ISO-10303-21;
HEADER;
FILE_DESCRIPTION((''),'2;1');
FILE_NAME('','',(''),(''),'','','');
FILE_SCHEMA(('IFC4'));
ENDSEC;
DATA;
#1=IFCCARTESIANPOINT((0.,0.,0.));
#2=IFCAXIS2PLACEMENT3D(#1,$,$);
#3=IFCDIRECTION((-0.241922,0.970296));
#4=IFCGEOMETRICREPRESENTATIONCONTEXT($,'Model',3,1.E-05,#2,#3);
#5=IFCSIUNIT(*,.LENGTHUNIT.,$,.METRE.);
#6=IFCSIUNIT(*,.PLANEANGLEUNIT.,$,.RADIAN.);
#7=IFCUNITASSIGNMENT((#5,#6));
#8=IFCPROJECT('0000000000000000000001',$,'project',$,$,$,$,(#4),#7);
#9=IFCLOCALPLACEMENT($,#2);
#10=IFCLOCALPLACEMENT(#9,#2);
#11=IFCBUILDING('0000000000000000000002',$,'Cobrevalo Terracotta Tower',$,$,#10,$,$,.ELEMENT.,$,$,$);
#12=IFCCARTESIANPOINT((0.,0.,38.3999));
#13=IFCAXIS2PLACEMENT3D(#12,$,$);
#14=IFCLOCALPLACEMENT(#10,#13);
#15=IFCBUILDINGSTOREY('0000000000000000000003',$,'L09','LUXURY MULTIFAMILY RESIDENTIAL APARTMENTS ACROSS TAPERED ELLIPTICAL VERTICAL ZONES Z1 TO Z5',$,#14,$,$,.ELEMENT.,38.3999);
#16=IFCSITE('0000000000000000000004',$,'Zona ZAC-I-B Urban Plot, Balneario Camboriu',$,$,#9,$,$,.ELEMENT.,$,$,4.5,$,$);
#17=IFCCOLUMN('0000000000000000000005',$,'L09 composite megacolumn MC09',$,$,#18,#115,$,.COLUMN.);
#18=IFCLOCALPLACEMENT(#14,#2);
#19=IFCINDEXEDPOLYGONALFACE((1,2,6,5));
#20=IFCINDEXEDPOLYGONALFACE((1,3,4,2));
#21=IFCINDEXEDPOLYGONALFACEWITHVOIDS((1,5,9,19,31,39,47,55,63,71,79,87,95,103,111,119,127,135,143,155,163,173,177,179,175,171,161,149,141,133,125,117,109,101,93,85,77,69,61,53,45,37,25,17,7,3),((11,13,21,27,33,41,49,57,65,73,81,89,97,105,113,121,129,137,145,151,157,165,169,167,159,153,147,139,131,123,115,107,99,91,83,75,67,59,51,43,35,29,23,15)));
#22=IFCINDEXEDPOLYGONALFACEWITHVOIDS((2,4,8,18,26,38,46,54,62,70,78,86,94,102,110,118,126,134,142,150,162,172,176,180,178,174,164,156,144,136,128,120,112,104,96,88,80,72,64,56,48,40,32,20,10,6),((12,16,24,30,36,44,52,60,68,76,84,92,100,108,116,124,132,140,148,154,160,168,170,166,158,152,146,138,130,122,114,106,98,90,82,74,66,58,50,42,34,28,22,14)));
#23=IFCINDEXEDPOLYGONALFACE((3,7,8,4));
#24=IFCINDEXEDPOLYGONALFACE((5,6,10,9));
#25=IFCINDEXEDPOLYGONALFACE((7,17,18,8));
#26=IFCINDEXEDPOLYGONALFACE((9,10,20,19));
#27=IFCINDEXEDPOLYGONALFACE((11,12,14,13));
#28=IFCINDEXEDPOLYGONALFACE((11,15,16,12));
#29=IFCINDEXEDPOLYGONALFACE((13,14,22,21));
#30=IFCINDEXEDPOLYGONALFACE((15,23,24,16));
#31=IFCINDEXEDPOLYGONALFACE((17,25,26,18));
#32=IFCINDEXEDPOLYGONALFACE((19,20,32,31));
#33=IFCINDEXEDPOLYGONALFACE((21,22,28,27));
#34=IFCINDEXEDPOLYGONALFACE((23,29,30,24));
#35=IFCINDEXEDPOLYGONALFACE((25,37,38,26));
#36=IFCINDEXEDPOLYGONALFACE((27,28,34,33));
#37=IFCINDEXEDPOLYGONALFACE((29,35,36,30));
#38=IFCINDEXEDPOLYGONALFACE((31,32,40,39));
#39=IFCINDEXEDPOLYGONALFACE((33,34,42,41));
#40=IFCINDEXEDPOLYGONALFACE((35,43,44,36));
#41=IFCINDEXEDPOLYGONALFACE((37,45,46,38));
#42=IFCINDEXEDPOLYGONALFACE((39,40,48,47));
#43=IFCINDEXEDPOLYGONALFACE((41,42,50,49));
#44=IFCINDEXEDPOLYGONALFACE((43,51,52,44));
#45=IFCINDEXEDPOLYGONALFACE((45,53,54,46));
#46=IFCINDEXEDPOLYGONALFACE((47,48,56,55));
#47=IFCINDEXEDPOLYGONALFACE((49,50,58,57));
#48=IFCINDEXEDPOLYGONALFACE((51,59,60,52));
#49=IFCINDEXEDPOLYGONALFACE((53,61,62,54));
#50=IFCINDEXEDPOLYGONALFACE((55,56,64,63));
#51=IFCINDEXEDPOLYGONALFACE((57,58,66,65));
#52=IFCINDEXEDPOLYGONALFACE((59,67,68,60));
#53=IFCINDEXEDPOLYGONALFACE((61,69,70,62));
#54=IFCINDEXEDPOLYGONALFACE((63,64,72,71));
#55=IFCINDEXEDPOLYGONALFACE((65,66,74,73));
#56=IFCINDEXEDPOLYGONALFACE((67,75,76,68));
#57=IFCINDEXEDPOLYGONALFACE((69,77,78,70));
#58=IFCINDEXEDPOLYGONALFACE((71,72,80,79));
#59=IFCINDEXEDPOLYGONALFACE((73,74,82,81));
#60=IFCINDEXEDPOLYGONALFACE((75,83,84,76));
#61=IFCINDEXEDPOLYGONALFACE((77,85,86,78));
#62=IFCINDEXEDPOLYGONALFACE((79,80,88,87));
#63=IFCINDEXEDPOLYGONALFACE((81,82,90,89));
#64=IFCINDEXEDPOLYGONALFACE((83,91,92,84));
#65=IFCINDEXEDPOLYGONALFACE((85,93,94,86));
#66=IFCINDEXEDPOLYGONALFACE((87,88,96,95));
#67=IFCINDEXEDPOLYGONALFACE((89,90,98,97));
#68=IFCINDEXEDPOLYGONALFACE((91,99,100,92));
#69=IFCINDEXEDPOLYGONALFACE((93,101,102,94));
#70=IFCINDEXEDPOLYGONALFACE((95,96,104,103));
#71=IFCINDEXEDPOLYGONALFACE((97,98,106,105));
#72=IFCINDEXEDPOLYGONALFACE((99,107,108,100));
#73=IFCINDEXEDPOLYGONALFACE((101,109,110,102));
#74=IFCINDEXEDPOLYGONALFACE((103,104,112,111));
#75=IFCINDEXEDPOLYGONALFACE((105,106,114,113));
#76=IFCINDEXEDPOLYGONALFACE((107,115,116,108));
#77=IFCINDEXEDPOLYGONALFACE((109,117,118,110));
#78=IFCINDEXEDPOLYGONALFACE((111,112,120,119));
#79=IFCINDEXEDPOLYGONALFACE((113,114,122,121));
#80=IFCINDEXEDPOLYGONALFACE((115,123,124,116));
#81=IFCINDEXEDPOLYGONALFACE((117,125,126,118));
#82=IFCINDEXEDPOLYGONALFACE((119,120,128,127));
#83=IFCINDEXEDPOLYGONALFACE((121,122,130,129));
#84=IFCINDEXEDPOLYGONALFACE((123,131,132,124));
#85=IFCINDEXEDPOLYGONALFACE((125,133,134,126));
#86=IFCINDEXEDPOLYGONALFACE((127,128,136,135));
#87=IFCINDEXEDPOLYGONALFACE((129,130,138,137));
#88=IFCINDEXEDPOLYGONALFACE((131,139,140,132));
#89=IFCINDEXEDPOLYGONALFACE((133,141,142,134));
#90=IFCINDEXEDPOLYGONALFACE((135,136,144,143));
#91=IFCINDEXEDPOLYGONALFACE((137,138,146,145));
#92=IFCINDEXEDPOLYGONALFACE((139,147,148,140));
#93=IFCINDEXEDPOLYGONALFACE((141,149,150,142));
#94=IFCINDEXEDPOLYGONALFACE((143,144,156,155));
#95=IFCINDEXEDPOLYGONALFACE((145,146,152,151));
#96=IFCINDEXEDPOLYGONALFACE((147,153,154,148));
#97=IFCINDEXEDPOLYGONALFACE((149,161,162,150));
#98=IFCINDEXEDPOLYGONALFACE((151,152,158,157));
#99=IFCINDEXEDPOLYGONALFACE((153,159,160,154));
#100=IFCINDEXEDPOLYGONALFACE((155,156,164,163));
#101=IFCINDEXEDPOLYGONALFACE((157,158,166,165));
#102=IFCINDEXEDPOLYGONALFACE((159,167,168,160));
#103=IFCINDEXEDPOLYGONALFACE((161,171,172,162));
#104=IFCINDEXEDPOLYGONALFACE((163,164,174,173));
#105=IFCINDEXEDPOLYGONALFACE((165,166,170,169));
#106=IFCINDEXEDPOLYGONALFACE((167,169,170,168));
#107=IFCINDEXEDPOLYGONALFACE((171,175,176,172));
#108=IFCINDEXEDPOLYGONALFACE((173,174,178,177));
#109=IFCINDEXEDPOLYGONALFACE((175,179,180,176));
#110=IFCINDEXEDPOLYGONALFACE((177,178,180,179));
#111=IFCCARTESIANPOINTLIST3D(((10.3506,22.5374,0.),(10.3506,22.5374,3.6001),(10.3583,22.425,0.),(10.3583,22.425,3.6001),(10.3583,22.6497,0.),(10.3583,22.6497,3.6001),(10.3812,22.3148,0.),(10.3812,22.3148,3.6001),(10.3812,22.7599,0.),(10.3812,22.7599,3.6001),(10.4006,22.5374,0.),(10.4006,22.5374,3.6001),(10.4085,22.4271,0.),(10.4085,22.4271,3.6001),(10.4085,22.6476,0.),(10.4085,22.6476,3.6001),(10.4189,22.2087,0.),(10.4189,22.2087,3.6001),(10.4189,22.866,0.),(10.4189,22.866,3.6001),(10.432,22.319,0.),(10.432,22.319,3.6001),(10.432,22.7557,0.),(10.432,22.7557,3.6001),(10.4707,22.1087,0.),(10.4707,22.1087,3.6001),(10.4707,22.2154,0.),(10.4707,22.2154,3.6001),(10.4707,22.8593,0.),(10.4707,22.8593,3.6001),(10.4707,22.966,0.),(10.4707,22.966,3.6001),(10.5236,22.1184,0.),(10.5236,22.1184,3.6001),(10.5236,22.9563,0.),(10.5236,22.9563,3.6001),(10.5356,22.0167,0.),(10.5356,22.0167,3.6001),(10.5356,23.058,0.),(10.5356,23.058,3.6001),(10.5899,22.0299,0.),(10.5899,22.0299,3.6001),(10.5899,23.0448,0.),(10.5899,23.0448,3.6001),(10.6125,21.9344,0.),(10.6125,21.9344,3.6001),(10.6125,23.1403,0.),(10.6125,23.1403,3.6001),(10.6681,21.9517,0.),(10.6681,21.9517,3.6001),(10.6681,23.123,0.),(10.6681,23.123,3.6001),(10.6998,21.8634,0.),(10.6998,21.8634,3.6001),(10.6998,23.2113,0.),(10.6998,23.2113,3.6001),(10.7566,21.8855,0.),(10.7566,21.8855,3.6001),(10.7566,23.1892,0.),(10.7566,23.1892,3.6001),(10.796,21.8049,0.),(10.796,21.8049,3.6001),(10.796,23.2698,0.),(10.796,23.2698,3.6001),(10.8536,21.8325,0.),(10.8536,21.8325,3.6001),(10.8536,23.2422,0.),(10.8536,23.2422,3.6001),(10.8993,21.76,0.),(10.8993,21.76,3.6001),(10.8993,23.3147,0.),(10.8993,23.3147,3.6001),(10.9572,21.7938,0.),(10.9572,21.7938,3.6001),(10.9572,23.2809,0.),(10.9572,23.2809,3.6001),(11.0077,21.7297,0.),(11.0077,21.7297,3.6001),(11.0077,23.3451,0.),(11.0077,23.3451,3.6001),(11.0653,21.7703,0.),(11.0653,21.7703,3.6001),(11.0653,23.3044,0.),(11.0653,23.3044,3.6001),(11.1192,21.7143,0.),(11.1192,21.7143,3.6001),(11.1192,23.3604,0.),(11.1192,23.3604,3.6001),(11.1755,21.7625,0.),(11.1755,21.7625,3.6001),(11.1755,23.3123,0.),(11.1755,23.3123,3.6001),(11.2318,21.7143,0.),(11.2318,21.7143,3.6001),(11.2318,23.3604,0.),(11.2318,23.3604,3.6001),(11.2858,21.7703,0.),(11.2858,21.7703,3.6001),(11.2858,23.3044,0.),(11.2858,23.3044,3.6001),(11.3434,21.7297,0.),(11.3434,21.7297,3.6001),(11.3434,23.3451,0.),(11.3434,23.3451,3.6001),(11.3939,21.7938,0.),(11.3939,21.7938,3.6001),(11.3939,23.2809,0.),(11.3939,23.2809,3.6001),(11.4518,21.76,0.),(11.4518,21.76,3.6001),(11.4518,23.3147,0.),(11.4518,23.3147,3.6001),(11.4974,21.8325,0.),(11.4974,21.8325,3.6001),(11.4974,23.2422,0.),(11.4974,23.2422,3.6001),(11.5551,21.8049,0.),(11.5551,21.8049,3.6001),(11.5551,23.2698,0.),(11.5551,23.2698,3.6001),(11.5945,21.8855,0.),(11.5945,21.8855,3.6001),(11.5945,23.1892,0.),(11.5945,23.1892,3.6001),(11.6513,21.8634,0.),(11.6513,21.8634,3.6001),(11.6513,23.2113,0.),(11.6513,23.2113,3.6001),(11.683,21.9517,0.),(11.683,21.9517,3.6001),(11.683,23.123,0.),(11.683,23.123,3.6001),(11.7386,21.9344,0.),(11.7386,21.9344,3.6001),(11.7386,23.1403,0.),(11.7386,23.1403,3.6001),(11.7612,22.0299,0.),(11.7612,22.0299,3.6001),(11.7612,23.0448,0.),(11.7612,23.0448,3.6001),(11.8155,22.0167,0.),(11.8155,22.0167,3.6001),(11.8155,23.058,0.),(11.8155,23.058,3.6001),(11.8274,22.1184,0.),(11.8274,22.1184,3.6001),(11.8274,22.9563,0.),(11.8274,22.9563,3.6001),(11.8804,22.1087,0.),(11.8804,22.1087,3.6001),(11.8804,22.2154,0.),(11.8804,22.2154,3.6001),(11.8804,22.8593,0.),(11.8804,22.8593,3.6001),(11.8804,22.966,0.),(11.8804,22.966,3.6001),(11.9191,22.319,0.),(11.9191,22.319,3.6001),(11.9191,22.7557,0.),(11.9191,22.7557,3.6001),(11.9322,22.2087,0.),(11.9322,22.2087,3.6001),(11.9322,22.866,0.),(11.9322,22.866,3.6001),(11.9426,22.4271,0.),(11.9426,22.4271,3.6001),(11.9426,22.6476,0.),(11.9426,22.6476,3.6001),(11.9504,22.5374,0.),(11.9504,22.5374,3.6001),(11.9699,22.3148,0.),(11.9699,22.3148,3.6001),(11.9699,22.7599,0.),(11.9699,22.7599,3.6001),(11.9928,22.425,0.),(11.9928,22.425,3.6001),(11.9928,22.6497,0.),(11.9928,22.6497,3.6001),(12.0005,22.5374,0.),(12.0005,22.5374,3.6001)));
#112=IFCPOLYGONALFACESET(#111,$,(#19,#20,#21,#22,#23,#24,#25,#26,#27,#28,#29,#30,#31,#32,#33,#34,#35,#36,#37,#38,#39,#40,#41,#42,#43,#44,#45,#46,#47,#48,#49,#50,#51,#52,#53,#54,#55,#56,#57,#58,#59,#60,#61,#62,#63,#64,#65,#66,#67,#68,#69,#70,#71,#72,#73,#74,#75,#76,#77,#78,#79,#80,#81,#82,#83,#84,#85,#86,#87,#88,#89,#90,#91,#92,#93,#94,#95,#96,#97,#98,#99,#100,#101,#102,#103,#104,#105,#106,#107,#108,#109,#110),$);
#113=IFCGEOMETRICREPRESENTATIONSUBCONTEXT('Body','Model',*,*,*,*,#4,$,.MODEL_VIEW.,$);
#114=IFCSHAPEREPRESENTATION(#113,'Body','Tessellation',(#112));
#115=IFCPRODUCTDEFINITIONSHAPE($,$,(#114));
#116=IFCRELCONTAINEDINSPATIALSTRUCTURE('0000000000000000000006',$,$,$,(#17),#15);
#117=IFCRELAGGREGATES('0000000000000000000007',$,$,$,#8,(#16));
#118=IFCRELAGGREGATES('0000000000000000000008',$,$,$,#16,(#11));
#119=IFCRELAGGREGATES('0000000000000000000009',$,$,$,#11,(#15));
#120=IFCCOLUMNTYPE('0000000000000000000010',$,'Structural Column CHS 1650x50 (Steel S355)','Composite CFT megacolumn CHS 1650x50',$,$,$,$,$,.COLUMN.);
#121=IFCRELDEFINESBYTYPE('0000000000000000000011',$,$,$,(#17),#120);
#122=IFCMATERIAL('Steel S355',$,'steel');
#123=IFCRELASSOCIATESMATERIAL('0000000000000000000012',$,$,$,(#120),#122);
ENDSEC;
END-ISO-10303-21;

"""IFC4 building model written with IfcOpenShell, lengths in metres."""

from ifc_helpers import new_model, si_unit, direction, frame, origin, origin_2d, place, context, subcontext, project, spatial, hollow_circle, extrude, material, material_profile, profile_set, type_object, element, save


model = new_model("IFC4")

# Units and contexts
model_context = context("Model", 3, precision=1e-05, world=origin(), true_north=direction((-0.241922, 0.970296)))
body_context = subcontext(model_context, "Body", "Model", "MODEL_VIEW")
ifc_project = project(units=[si_unit("LENGTHUNIT", "METRE"), si_unit("PLANEANGLEUNIT", "RADIAN")], contexts=[model_context])

# Site, building, storey
site_placement = place(None, origin())
site = spatial("IfcSite", under=ifc_project, at=site_placement, Name="Zona ZAC-I-B Urban Plot, Balneario Camboriu", CompositionType="ELEMENT", RefElevation=4.5)
building_placement = place(site_placement, origin())
building = spatial("IfcBuilding", under=site, at=building_placement, Name="Cobrevalo Terracotta Tower", CompositionType="ELEMENT")
storey_placement = place(building_placement, frame((0.0, 0.0, 38.3999)))
storey = spatial("IfcBuildingStorey", under=building, at=storey_placement, Name="L09", Description="LUXURY MULTIFAMILY RESIDENTIAL APARTMENTS ACROSS TAPERED ELLIPTICAL VERTICAL ZONES Z1 TO Z5", CompositionType="ELEMENT", Elevation=38.3999)

# Column
ifc_material_1 = material(Name="Steel S355", Category="steel")
ifc_material_profile_1 = material_profile(ifc_material_1, hollow_circle(Radius=0.825, WallThickness=0.05, at=origin_2d()), Name="CHS 1650x50")
ifc_profile_set_1 = profile_set([ifc_material_profile_1], Name="Steel S355")
column_type = type_object("IfcColumnType", Name="Structural Column CHS 1650x50 (Steel S355)", Description="Composite CFT megacolumn CHS 1650x50", PredefinedType="COLUMN", material=ifc_profile_set_1)
for number, where, z_axis, x_axis, name in (
    (1, (11.1755, 22.5374, 0.0), (0.0, 0.0, 1.0), (1.0, 0.0, 0.0), "L09 composite megacolumn MC09"),
):
    element("IfcColumn", number, at=place(storey_placement, frame(where, z_axis=z_axis, x_axis=x_axis)), inside=storey, type_object=column_type, Name=name, PredefinedType="COLUMN", context=body_context, shape_type="SweptSolid", body=[
        extrude(hollow_circle(Radius=0.825, WallThickness=0.05, at=origin_2d()), origin(), (0.0, 0.0, 1.0), 3.6001),
    ])

save(model, "model.ifc")
